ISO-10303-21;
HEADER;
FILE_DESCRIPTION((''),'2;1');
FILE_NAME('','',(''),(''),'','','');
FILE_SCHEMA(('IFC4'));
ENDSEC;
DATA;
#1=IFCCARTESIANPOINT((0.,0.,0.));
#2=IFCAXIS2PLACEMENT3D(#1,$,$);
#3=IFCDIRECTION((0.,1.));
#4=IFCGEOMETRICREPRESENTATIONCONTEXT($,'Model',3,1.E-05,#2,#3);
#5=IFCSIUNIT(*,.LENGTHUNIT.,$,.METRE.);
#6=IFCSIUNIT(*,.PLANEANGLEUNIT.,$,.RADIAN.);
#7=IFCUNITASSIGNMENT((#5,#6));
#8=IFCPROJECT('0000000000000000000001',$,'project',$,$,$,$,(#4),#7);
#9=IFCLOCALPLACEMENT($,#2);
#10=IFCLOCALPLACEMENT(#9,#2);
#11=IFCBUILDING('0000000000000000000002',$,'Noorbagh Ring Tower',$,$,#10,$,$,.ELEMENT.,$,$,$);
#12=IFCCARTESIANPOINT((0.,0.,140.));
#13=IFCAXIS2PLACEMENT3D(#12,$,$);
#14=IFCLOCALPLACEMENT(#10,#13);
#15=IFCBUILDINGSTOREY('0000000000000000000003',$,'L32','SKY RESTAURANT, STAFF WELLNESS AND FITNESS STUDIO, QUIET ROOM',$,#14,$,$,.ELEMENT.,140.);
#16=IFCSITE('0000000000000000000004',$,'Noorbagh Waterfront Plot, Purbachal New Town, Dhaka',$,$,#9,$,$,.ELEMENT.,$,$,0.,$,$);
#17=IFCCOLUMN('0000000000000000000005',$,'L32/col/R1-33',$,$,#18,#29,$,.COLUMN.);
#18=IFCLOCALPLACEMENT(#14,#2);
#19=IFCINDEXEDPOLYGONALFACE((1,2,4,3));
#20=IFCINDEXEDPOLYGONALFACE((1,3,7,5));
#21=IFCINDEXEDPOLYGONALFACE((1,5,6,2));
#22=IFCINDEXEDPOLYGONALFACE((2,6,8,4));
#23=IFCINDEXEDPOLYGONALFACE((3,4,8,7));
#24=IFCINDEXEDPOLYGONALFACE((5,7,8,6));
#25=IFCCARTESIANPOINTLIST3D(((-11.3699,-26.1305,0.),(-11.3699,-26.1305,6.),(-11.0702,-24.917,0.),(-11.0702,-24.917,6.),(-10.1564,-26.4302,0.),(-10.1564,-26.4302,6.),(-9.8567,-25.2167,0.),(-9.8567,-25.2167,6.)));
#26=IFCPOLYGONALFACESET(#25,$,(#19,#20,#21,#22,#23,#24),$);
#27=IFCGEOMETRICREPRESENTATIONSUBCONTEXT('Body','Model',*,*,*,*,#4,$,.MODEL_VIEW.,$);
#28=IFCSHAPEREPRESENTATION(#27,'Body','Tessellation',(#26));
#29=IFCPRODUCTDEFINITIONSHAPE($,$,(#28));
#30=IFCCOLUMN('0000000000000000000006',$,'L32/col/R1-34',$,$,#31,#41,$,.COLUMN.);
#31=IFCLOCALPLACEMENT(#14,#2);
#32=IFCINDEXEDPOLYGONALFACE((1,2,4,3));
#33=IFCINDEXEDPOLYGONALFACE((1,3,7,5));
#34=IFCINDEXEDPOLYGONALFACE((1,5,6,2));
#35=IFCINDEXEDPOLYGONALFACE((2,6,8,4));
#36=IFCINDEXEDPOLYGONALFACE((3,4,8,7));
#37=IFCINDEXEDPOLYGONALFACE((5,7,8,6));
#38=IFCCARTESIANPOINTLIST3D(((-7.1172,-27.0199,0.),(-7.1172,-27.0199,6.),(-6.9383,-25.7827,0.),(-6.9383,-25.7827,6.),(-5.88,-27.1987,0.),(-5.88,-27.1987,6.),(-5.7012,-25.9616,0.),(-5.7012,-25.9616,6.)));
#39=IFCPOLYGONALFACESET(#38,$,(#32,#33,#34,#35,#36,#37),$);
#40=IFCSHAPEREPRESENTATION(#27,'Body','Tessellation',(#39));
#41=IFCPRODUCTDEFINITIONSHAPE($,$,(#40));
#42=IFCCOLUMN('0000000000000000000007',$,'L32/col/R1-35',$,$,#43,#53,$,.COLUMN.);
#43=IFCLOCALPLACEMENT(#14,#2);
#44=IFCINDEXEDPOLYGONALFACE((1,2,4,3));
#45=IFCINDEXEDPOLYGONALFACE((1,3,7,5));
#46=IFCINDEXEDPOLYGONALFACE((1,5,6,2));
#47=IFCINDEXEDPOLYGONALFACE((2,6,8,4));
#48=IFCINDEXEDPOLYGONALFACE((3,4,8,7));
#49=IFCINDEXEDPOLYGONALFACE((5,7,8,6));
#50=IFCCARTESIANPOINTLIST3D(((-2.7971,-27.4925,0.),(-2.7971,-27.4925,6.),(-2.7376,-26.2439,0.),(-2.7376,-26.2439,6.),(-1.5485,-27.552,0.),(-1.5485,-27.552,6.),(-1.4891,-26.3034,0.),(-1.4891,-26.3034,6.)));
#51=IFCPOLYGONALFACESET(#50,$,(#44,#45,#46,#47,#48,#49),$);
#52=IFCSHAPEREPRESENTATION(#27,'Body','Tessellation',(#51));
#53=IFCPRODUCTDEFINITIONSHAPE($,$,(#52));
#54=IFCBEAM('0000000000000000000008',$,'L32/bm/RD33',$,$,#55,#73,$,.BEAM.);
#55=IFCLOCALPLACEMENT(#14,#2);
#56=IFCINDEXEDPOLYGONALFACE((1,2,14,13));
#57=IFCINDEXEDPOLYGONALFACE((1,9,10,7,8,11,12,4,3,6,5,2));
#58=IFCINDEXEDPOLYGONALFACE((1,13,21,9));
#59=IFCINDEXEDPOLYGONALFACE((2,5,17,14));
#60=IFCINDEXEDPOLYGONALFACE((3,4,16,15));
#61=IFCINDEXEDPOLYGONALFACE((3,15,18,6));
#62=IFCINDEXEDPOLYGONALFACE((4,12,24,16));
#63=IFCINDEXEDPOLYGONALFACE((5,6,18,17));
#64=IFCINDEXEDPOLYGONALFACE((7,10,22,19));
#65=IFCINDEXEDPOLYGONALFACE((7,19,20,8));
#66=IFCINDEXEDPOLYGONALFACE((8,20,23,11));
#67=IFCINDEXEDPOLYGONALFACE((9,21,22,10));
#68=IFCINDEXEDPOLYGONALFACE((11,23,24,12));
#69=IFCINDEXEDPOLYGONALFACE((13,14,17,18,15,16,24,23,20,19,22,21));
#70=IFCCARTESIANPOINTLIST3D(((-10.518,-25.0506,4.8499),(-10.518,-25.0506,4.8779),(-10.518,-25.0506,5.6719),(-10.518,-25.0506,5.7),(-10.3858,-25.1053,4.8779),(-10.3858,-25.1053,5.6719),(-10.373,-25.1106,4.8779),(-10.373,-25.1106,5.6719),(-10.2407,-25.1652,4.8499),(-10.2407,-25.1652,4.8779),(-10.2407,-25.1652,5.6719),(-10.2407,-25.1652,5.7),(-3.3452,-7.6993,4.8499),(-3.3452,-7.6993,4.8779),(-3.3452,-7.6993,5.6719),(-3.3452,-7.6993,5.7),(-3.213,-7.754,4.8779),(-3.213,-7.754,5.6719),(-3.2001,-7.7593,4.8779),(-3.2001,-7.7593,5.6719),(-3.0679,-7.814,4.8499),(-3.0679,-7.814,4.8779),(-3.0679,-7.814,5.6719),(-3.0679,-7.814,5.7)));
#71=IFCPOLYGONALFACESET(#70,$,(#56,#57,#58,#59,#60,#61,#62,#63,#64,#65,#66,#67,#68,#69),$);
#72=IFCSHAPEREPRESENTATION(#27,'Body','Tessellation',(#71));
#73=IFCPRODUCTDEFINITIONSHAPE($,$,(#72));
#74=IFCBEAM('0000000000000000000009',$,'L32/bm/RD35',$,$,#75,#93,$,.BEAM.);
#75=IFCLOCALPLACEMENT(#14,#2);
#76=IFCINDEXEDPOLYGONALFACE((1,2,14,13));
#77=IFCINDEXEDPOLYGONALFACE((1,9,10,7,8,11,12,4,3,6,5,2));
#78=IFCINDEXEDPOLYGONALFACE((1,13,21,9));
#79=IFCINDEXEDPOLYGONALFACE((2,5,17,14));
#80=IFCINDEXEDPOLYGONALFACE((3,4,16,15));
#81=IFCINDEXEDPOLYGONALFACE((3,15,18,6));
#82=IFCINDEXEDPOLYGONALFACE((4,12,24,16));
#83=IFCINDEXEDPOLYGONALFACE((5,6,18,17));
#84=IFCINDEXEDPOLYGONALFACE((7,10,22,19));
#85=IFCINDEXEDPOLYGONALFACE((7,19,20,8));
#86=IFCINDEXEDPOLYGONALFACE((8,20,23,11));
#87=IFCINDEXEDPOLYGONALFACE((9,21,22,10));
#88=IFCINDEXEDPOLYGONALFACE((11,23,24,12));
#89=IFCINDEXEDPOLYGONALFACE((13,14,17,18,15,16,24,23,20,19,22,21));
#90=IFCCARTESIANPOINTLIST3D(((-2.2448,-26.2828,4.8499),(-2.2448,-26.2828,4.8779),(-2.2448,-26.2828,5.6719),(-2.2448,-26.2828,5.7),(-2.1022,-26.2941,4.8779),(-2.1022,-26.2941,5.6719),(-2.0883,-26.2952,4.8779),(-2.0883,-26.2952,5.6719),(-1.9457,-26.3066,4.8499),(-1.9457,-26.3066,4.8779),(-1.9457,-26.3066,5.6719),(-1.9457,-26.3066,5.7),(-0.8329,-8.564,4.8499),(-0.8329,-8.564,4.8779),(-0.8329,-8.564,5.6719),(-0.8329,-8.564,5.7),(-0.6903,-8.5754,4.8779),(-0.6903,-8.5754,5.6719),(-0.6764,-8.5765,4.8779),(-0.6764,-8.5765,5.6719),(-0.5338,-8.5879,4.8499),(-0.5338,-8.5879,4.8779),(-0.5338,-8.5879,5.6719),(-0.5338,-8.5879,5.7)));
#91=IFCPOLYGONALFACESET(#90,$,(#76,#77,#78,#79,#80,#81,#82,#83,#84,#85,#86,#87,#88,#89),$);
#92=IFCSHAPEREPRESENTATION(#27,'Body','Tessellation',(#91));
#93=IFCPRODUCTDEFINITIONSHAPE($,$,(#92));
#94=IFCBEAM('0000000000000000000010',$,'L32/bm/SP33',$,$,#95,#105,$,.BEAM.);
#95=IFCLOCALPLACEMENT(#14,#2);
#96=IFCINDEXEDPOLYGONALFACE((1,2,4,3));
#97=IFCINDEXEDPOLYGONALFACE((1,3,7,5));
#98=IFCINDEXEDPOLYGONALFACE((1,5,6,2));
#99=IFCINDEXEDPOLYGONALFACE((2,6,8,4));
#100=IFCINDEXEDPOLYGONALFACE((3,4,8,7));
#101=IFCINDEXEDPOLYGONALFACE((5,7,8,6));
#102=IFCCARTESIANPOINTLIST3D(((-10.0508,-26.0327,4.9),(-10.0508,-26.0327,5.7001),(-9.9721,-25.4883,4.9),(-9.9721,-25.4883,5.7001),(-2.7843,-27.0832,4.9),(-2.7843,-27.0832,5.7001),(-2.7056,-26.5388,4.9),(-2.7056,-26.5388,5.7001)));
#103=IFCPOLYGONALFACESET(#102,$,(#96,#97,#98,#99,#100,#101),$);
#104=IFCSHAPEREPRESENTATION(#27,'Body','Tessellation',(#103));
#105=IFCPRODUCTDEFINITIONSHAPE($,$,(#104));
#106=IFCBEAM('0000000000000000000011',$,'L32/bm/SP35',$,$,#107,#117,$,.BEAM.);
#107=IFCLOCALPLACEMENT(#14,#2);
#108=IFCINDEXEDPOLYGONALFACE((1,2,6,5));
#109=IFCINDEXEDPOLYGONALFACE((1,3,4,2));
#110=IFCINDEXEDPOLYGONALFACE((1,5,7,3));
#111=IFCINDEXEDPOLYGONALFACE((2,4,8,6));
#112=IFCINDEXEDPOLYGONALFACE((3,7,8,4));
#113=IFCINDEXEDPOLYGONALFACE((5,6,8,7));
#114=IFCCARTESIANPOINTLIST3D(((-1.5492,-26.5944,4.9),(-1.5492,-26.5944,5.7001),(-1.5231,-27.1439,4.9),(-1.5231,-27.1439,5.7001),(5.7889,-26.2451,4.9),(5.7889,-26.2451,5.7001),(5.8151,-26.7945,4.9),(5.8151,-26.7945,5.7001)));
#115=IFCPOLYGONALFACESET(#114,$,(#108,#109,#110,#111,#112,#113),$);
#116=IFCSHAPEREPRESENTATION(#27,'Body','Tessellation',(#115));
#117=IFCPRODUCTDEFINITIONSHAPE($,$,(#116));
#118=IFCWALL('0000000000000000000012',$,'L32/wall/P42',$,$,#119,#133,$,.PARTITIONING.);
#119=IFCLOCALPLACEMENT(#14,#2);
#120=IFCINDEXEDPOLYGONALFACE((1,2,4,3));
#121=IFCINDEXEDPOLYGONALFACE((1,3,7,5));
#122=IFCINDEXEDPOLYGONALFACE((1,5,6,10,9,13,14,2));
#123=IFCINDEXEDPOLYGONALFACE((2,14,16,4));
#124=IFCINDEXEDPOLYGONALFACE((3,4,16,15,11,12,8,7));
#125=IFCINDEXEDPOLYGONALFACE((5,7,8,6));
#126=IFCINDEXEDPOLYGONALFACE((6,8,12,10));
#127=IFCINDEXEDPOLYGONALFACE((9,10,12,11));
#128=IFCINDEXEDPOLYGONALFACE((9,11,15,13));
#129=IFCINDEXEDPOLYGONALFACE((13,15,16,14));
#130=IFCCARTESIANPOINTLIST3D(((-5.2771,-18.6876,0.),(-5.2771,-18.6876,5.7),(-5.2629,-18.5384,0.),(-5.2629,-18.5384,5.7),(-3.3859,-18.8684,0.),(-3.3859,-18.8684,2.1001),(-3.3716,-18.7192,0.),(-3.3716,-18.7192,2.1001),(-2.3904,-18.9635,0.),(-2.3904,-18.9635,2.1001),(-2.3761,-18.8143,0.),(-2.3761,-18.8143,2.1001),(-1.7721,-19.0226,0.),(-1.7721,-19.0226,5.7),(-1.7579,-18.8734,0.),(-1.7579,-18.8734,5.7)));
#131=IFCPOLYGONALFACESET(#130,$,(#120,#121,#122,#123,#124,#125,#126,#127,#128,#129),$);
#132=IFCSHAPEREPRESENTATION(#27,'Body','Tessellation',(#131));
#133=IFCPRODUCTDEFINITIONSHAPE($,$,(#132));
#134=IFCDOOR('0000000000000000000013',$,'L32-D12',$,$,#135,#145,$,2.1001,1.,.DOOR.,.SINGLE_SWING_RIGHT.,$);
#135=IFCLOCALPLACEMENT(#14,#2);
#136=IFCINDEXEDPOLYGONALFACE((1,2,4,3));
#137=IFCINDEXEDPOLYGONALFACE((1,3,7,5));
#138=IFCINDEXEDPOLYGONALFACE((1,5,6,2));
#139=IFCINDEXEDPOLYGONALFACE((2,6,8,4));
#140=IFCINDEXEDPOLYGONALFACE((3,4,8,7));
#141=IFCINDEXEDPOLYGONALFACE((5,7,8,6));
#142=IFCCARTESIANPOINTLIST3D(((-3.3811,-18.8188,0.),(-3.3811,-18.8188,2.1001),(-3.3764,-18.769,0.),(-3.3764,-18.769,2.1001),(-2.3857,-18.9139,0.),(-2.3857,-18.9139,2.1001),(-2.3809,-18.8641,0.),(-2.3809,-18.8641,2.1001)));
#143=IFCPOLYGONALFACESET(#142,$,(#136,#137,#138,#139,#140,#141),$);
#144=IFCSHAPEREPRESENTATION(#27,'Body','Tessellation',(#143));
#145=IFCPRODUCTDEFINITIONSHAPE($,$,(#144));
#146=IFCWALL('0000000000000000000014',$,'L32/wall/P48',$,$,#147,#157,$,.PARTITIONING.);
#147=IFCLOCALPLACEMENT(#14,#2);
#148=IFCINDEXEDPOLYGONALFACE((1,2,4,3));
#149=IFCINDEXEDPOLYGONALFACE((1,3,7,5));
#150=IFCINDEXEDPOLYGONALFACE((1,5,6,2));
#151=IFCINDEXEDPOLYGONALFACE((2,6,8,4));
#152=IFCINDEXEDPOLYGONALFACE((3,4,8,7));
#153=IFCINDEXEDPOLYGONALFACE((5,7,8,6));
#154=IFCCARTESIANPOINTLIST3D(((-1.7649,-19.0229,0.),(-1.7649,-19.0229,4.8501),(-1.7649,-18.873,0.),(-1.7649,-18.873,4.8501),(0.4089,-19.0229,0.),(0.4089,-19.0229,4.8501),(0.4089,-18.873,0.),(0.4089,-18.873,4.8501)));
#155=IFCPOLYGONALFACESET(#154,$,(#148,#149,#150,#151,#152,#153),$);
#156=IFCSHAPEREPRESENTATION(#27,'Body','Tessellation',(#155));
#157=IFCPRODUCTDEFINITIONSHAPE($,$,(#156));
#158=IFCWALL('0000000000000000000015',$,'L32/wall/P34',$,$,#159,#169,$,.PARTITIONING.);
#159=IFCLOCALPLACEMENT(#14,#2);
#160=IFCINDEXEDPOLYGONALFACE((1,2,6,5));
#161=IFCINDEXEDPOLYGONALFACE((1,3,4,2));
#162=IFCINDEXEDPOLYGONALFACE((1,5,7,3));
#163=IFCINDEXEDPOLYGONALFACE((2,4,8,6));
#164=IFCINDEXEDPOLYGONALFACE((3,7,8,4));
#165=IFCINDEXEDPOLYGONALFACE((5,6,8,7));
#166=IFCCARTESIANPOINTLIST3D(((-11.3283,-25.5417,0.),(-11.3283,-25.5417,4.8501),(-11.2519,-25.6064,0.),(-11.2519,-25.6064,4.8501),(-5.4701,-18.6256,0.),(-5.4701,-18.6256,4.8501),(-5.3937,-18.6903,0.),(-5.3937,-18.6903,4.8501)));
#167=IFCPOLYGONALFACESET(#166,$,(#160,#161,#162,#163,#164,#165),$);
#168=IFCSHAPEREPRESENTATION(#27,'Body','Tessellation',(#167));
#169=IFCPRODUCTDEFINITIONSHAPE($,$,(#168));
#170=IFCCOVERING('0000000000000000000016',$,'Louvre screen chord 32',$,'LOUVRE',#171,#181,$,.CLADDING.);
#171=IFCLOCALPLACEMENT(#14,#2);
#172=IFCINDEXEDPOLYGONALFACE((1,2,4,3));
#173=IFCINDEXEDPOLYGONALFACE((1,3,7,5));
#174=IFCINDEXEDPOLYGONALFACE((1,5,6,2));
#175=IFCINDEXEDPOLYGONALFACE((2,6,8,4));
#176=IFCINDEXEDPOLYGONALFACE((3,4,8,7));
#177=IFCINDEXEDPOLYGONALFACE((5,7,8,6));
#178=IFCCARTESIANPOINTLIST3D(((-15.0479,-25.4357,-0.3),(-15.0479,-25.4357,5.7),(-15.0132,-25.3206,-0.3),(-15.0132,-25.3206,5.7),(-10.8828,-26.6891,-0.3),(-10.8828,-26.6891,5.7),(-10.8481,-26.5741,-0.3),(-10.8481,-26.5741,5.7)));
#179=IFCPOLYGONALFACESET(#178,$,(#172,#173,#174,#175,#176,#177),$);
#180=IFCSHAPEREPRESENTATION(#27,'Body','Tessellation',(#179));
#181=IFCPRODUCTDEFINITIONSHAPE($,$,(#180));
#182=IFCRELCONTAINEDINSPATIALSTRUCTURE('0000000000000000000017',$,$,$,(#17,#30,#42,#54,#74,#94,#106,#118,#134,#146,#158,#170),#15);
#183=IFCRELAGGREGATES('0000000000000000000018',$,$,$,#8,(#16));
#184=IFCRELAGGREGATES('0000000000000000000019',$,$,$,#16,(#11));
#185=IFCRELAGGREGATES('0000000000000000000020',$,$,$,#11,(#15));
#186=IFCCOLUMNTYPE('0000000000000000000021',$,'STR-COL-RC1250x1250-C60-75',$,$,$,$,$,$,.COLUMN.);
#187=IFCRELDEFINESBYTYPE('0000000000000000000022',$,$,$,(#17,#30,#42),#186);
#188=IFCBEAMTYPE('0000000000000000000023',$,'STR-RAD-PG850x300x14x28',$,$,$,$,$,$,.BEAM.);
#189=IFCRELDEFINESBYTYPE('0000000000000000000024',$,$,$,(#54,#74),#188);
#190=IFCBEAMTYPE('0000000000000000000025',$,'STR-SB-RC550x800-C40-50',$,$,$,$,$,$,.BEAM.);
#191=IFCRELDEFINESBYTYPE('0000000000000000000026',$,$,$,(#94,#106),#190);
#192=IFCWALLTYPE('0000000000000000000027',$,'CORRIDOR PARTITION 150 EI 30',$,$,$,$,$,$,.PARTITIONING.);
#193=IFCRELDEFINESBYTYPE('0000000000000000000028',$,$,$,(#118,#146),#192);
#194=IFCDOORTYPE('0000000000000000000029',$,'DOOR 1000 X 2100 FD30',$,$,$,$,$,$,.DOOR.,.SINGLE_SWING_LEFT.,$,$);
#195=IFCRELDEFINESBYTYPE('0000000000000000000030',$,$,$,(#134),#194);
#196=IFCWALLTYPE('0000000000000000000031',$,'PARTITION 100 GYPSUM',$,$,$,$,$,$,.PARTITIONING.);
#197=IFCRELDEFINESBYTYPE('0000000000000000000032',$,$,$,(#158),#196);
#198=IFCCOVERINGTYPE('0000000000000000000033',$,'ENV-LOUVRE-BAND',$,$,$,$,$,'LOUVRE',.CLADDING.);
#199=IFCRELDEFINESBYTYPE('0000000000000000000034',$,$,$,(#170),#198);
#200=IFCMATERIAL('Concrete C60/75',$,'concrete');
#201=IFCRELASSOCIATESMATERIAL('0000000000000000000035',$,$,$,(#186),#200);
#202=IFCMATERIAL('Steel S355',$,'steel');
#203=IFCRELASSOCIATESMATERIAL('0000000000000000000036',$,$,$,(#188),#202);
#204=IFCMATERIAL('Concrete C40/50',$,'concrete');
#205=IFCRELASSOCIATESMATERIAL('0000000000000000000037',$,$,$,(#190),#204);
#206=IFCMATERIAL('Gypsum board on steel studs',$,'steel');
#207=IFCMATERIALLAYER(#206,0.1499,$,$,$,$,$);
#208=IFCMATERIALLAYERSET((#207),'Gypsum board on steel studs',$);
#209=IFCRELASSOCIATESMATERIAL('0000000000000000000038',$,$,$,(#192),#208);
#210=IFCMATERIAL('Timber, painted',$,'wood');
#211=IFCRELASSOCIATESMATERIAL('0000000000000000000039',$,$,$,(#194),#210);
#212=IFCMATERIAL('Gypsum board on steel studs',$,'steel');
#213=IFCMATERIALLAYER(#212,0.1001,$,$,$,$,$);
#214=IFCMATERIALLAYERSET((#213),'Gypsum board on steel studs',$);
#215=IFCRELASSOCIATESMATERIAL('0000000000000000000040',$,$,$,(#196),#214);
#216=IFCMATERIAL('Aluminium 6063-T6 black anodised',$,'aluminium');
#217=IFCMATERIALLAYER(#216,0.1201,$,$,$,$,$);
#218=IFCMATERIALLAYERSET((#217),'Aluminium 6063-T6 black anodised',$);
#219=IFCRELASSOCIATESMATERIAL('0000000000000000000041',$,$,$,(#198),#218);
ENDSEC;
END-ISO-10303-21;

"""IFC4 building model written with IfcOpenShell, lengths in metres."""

from ifc_helpers import new_model, si_unit, direction, frame, frame_2d, origin, origin_2d, place, context, subcontext, project, spatial, rectangle, i_section, extrude, material, layer, layer_set, material_profile, profile_set, type_object, element, fill, save


model = new_model("IFC4")

# Units and contexts
model_context = context("Model", 3, precision=1e-05, world=origin(), true_north=direction((0.0, 1.0)))
body_context = subcontext(model_context, "Body", "Model", "MODEL_VIEW")
ifc_project = project(units=[si_unit("LENGTHUNIT", "METRE"), si_unit("PLANEANGLEUNIT", "RADIAN")], contexts=[model_context])

# Site, building, storey
site_placement = place(None, origin())
site = spatial("IfcSite", under=ifc_project, at=site_placement, Name="Noorbagh Waterfront Plot, Purbachal New Town, Dhaka", CompositionType="ELEMENT", RefElevation=0.0)
building_placement = place(site_placement, origin())
building = spatial("IfcBuilding", under=site, at=building_placement, Name="Noorbagh Ring Tower", CompositionType="ELEMENT")
storey_placement = place(building_placement, frame((0.0, 0.0, 140.0)))
storey = spatial("IfcBuildingStorey", under=building, at=storey_placement, Name="L32", Description="SKY RESTAURANT, STAFF WELLNESS AND FITNESS STUDIO, QUIET ROOM", CompositionType="ELEMENT", Elevation=140.0)

# Columns
ifc_material_1 = material(Name="Concrete C60/75", Category="concrete")
ifc_material_profile_1 = material_profile(ifc_material_1, rectangle(XDim=1.25, YDim=1.25, at=origin_2d()), Name="RC1250x1250")
ifc_profile_set_1 = profile_set([ifc_material_profile_1], Name="Concrete C60/75")
column_type = type_object("IfcColumnType", Name="STR-COL-RC1250x1250-C60-75", PredefinedType="COLUMN", material=ifc_profile_set_1)
for number, where, z_axis, x_axis, name in (
    (1, (-10.6133, -25.6736, 0.0), (0.0, 0.0, 1.0), (0.970829, -0.239771, 0.0), "L32/col/R1-33"),
    (2, (-6.4092, -26.4907, 0.0), (0.0, 0.0, 1.0), (0.989713, -0.143066, 0.0), "L32/col/R1-34"),
    (3, (-2.1431, -26.8979, 0.0), (0.0, 0.0, 1.0), (0.998869, -0.047553, 0.0), "L32/col/R1-35"),
):
    element("IfcColumn", number, at=place(storey_placement, frame(where, z_axis=z_axis, x_axis=x_axis)), inside=storey, type_object=column_type, Name=name, PredefinedType="COLUMN", context=body_context, shape_type="SweptSolid", body=[
        extrude(rectangle(XDim=1.25, YDim=1.25, at=origin_2d()), origin(), (0.0, 0.0, 1.0), 6.0),
    ])

# Beams
ifc_material_2 = material(Name="Steel S355", Category="steel")
ifc_material_profile_2 = material_profile(ifc_material_2, i_section(OverallWidth=0.3, OverallDepth=0.8501, WebThickness=0.0139, FlangeThickness=0.0281, at=origin_2d()), Name="PG850x300x14x28")
ifc_profile_set_2 = profile_set([ifc_material_profile_2], Name="Steel S355")
beam_type_1 = type_object("IfcBeamType", Name="STR-RAD-PG850x300x14x28", PredefinedType="BEAM", material=ifc_profile_set_2)
beam_1_placement = place(storey_placement, frame((-10.3794, -25.1079, 5.2749), z_axis=(0.382033, 0.924149, 0.0), x_axis=(-0.924149, 0.382033, 0.0)))
element("IfcBeam", 4, at=beam_1_placement, inside=storey, type_object=beam_type_1, Name="L32/bm/RD33", PredefinedType="BEAM", context=body_context, shape_type="SweptSolid", body=[
    extrude(i_section(OverallWidth=0.3, OverallDepth=0.8501, WebThickness=0.0139, FlangeThickness=0.0281, at=origin_2d()), origin(), (0.0, 0.0, 1.0), 18.7754),
])
beam_2_placement = place(storey_placement, frame((-2.0952, -26.2947, 5.2749), z_axis=(0.07943, 0.99684, 0.0), x_axis=(-0.99684, 0.07943, 0.0)))
element("IfcBeam", 5, at=beam_2_placement, inside=storey, type_object=beam_type_1, Name="L32/bm/RD35", PredefinedType="BEAM", context=body_context, shape_type="SweptSolid", body=[
    extrude(i_section(OverallWidth=0.3, OverallDepth=0.8501, WebThickness=0.0139, FlangeThickness=0.0281, at=origin_2d()), origin(), (0.0, 0.0, 1.0), 17.7749),
])
ifc_material_3 = material(Name="Concrete C40/50", Category="concrete")
ifc_material_profile_3 = material_profile(ifc_material_3, rectangle(XDim=0.55, YDim=0.8, at=origin_2d()), Name="RC550x800")
ifc_profile_set_3 = profile_set([ifc_material_profile_3], Name="Concrete C40/50")
beam_type_2 = type_object("IfcBeamType", Name="STR-SB-RC550x800-C40-50", PredefinedType="BEAM", material=ifc_profile_set_3)
beam_3_placement = place(storey_placement, frame((-10.0115, -25.7605, 5.3), z_axis=(0.989711, -0.143083, 0.0), x_axis=(0.143083, 0.989711, 0.0)))
element("IfcBeam", 6, at=beam_3_placement, inside=storey, type_object=beam_type_2, Name="L32/bm/SP33", PredefinedType="BEAM", context=body_context, shape_type="SweptSolid", body=[
    extrude(rectangle(XDim=0.55, YDim=0.8, at=origin_2d()), origin(), (0.0, 0.0, 1.0), 7.342),
])
beam_4_placement = place(storey_placement, frame((-1.5361, -26.8691, 5.3), z_axis=(0.998869, 0.047556, 0.0), x_axis=(-0.047556, 0.998869, 0.0)))
element("IfcBeam", 7, at=beam_4_placement, inside=storey, type_object=beam_type_2, Name="L32/bm/SP35", PredefinedType="BEAM", context=body_context, shape_type="SweptSolid", body=[
    extrude(rectangle(XDim=0.55, YDim=0.8, at=origin_2d()), origin(), (0.0, 0.0, 1.0), 7.3464),
])

# Wall, opening, door
ifc_material_4 = material(Name="Gypsum board on steel studs", Category="steel")
ifc_layer_1 = layer(ifc_material_4, 0.1499)
ifc_layer_set_1 = layer_set([ifc_layer_1], Name="Gypsum board on steel studs")
wall_type_1 = type_object("IfcWallType", Name="CORRIDOR PARTITION 150 EI 30", PredefinedType="PARTITIONING", material=ifc_layer_set_1)
wall_1_placement = place(storey_placement, frame((-5.27, -18.613, 0.0), z_axis=(0.0, 0.0, 1.0), x_axis=(0.995465, -0.09513, 0.0)))
wall_1 = element("IfcWall", 8, at=wall_1_placement, inside=storey, type_object=wall_type_1, Name="L32/wall/P42", PredefinedType="PARTITIONING", context=body_context, shape_type="SweptSolid", body=[
    extrude(rectangle(XDim=3.521, YDim=0.1499, at=frame_2d((1.7605, 0.0))), origin(), (0.0, 0.0, 1.0), 5.7),
])
opening_placement = place(wall_1_placement, frame((1.8999, 0.0, 0.0)))
opening = element("IfcOpeningElement", 9, at=opening_placement, cuts=wall_1, PredefinedType="OPENING", context=body_context, shape_type="SweptSolid", body=[
    extrude(rectangle(XDim=1.0, YDim=2.1001, at=frame_2d((0.5, 1.05))), frame((0.0, 0.085, 0.0), z_axis=(0.0, -1.0, 0.0), x_axis=(1.0, 0.0, 0.0)), (0.0, 0.0, 1.0), 0.1699),
])
ifc_material_5 = material(Name="Timber, painted", Category="wood")
door_type = type_object("IfcDoorType", Name="DOOR 1000 X 2100 FD30", OperationType="SINGLE_SWING_LEFT", PredefinedType="DOOR", material=ifc_material_5)
door_placement = place(opening_placement, origin())
door = element("IfcDoor", 10, at=door_placement, inside=storey, type_object=door_type, Name="L32-D12", OperationType="SINGLE_SWING_RIGHT", OverallHeight=2.1001, OverallWidth=1.0, PredefinedType="DOOR", context=body_context, shape_type="SweptSolid", body=[
    extrude(rectangle(XDim=1.0, YDim=2.1001, at=frame_2d((0.5, 1.05))), frame((0.0, 0.0249, 0.0), z_axis=(0.0, -1.0, 0.0), x_axis=(1.0, 0.0, 0.0)), (0.0, 0.0, 1.0), 0.05),
])
fill(opening, door)

# Walls
wall_2_placement = place(storey_placement, frame((-1.7649, -18.948, 0.0), z_axis=(0.0, 0.0, 1.0), x_axis=(1.0, 0.0, 0.0)))
element("IfcWall", 11, at=wall_2_placement, inside=storey, type_object=wall_type_1, Name="L32/wall/P48", PredefinedType="PARTITIONING", context=body_context, shape_type="SweptSolid", body=[
    extrude(rectangle(XDim=2.1738, YDim=0.1499, at=frame_2d((1.0869, 0.0))), origin(), (0.0, 0.0, 1.0), 4.8501),
])
ifc_material_6 = material(Name="Gypsum board on steel studs", Category="steel")
ifc_layer_2 = layer(ifc_material_6, 0.1001)
ifc_layer_set_2 = layer_set([ifc_layer_2], Name="Gypsum board on steel studs")
wall_type_2 = type_object("IfcWallType", Name="PARTITION 100 GYPSUM", PredefinedType="PARTITIONING", material=ifc_layer_set_2)
wall_3_placement = place(storey_placement, frame((-11.29, -25.574, 0.0), z_axis=(0.0, 0.0, 1.0), x_axis=(0.646337, 0.763052, 0.0)))
element("IfcWall", 12, at=wall_3_placement, inside=storey, type_object=wall_type_2, Name="L32/wall/P34", PredefinedType="PARTITIONING", context=body_context, shape_type="SweptSolid", body=[
    extrude(rectangle(XDim=9.0637, YDim=0.1001, at=frame_2d((4.5317, 0.0))), origin(), (0.0, 0.0, 1.0), 4.8501),
])

# Covering
ifc_material_7 = material(Name="Aluminium 6063-T6 black anodised", Category="aluminium")
ifc_layer_3 = layer(ifc_material_7, 0.1201)
ifc_layer_set_3 = layer_set([ifc_layer_3], Name="Aluminium 6063-T6 black anodised")
covering_type_1 = type_object("IfcCoveringType", Name="ENV-LOUVRE-BAND", ElementType="LOUVRE", PredefinedType="CLADDING", material=ifc_layer_set_3)
covering_1_placement = place(storey_placement, frame((-12.948, -26.0049, -0.3), z_axis=(0.0, 0.0, 1.0), x_axis=(0.957578, -0.288174, 0.0)))
element("IfcCovering", 13, at=covering_1_placement, inside=storey, type_object=covering_type_1, Name="Louvre screen chord 32", ObjectType="LOUVRE", PredefinedType="CLADDING", context=body_context, shape_type="SweptSolid", body=[
    extrude(rectangle(XDim=4.3496, YDim=0.1201, at=origin_2d()), origin(), (0.0, 0.0, 1.0), 6.0),
])

save(model, "model.ifc")
